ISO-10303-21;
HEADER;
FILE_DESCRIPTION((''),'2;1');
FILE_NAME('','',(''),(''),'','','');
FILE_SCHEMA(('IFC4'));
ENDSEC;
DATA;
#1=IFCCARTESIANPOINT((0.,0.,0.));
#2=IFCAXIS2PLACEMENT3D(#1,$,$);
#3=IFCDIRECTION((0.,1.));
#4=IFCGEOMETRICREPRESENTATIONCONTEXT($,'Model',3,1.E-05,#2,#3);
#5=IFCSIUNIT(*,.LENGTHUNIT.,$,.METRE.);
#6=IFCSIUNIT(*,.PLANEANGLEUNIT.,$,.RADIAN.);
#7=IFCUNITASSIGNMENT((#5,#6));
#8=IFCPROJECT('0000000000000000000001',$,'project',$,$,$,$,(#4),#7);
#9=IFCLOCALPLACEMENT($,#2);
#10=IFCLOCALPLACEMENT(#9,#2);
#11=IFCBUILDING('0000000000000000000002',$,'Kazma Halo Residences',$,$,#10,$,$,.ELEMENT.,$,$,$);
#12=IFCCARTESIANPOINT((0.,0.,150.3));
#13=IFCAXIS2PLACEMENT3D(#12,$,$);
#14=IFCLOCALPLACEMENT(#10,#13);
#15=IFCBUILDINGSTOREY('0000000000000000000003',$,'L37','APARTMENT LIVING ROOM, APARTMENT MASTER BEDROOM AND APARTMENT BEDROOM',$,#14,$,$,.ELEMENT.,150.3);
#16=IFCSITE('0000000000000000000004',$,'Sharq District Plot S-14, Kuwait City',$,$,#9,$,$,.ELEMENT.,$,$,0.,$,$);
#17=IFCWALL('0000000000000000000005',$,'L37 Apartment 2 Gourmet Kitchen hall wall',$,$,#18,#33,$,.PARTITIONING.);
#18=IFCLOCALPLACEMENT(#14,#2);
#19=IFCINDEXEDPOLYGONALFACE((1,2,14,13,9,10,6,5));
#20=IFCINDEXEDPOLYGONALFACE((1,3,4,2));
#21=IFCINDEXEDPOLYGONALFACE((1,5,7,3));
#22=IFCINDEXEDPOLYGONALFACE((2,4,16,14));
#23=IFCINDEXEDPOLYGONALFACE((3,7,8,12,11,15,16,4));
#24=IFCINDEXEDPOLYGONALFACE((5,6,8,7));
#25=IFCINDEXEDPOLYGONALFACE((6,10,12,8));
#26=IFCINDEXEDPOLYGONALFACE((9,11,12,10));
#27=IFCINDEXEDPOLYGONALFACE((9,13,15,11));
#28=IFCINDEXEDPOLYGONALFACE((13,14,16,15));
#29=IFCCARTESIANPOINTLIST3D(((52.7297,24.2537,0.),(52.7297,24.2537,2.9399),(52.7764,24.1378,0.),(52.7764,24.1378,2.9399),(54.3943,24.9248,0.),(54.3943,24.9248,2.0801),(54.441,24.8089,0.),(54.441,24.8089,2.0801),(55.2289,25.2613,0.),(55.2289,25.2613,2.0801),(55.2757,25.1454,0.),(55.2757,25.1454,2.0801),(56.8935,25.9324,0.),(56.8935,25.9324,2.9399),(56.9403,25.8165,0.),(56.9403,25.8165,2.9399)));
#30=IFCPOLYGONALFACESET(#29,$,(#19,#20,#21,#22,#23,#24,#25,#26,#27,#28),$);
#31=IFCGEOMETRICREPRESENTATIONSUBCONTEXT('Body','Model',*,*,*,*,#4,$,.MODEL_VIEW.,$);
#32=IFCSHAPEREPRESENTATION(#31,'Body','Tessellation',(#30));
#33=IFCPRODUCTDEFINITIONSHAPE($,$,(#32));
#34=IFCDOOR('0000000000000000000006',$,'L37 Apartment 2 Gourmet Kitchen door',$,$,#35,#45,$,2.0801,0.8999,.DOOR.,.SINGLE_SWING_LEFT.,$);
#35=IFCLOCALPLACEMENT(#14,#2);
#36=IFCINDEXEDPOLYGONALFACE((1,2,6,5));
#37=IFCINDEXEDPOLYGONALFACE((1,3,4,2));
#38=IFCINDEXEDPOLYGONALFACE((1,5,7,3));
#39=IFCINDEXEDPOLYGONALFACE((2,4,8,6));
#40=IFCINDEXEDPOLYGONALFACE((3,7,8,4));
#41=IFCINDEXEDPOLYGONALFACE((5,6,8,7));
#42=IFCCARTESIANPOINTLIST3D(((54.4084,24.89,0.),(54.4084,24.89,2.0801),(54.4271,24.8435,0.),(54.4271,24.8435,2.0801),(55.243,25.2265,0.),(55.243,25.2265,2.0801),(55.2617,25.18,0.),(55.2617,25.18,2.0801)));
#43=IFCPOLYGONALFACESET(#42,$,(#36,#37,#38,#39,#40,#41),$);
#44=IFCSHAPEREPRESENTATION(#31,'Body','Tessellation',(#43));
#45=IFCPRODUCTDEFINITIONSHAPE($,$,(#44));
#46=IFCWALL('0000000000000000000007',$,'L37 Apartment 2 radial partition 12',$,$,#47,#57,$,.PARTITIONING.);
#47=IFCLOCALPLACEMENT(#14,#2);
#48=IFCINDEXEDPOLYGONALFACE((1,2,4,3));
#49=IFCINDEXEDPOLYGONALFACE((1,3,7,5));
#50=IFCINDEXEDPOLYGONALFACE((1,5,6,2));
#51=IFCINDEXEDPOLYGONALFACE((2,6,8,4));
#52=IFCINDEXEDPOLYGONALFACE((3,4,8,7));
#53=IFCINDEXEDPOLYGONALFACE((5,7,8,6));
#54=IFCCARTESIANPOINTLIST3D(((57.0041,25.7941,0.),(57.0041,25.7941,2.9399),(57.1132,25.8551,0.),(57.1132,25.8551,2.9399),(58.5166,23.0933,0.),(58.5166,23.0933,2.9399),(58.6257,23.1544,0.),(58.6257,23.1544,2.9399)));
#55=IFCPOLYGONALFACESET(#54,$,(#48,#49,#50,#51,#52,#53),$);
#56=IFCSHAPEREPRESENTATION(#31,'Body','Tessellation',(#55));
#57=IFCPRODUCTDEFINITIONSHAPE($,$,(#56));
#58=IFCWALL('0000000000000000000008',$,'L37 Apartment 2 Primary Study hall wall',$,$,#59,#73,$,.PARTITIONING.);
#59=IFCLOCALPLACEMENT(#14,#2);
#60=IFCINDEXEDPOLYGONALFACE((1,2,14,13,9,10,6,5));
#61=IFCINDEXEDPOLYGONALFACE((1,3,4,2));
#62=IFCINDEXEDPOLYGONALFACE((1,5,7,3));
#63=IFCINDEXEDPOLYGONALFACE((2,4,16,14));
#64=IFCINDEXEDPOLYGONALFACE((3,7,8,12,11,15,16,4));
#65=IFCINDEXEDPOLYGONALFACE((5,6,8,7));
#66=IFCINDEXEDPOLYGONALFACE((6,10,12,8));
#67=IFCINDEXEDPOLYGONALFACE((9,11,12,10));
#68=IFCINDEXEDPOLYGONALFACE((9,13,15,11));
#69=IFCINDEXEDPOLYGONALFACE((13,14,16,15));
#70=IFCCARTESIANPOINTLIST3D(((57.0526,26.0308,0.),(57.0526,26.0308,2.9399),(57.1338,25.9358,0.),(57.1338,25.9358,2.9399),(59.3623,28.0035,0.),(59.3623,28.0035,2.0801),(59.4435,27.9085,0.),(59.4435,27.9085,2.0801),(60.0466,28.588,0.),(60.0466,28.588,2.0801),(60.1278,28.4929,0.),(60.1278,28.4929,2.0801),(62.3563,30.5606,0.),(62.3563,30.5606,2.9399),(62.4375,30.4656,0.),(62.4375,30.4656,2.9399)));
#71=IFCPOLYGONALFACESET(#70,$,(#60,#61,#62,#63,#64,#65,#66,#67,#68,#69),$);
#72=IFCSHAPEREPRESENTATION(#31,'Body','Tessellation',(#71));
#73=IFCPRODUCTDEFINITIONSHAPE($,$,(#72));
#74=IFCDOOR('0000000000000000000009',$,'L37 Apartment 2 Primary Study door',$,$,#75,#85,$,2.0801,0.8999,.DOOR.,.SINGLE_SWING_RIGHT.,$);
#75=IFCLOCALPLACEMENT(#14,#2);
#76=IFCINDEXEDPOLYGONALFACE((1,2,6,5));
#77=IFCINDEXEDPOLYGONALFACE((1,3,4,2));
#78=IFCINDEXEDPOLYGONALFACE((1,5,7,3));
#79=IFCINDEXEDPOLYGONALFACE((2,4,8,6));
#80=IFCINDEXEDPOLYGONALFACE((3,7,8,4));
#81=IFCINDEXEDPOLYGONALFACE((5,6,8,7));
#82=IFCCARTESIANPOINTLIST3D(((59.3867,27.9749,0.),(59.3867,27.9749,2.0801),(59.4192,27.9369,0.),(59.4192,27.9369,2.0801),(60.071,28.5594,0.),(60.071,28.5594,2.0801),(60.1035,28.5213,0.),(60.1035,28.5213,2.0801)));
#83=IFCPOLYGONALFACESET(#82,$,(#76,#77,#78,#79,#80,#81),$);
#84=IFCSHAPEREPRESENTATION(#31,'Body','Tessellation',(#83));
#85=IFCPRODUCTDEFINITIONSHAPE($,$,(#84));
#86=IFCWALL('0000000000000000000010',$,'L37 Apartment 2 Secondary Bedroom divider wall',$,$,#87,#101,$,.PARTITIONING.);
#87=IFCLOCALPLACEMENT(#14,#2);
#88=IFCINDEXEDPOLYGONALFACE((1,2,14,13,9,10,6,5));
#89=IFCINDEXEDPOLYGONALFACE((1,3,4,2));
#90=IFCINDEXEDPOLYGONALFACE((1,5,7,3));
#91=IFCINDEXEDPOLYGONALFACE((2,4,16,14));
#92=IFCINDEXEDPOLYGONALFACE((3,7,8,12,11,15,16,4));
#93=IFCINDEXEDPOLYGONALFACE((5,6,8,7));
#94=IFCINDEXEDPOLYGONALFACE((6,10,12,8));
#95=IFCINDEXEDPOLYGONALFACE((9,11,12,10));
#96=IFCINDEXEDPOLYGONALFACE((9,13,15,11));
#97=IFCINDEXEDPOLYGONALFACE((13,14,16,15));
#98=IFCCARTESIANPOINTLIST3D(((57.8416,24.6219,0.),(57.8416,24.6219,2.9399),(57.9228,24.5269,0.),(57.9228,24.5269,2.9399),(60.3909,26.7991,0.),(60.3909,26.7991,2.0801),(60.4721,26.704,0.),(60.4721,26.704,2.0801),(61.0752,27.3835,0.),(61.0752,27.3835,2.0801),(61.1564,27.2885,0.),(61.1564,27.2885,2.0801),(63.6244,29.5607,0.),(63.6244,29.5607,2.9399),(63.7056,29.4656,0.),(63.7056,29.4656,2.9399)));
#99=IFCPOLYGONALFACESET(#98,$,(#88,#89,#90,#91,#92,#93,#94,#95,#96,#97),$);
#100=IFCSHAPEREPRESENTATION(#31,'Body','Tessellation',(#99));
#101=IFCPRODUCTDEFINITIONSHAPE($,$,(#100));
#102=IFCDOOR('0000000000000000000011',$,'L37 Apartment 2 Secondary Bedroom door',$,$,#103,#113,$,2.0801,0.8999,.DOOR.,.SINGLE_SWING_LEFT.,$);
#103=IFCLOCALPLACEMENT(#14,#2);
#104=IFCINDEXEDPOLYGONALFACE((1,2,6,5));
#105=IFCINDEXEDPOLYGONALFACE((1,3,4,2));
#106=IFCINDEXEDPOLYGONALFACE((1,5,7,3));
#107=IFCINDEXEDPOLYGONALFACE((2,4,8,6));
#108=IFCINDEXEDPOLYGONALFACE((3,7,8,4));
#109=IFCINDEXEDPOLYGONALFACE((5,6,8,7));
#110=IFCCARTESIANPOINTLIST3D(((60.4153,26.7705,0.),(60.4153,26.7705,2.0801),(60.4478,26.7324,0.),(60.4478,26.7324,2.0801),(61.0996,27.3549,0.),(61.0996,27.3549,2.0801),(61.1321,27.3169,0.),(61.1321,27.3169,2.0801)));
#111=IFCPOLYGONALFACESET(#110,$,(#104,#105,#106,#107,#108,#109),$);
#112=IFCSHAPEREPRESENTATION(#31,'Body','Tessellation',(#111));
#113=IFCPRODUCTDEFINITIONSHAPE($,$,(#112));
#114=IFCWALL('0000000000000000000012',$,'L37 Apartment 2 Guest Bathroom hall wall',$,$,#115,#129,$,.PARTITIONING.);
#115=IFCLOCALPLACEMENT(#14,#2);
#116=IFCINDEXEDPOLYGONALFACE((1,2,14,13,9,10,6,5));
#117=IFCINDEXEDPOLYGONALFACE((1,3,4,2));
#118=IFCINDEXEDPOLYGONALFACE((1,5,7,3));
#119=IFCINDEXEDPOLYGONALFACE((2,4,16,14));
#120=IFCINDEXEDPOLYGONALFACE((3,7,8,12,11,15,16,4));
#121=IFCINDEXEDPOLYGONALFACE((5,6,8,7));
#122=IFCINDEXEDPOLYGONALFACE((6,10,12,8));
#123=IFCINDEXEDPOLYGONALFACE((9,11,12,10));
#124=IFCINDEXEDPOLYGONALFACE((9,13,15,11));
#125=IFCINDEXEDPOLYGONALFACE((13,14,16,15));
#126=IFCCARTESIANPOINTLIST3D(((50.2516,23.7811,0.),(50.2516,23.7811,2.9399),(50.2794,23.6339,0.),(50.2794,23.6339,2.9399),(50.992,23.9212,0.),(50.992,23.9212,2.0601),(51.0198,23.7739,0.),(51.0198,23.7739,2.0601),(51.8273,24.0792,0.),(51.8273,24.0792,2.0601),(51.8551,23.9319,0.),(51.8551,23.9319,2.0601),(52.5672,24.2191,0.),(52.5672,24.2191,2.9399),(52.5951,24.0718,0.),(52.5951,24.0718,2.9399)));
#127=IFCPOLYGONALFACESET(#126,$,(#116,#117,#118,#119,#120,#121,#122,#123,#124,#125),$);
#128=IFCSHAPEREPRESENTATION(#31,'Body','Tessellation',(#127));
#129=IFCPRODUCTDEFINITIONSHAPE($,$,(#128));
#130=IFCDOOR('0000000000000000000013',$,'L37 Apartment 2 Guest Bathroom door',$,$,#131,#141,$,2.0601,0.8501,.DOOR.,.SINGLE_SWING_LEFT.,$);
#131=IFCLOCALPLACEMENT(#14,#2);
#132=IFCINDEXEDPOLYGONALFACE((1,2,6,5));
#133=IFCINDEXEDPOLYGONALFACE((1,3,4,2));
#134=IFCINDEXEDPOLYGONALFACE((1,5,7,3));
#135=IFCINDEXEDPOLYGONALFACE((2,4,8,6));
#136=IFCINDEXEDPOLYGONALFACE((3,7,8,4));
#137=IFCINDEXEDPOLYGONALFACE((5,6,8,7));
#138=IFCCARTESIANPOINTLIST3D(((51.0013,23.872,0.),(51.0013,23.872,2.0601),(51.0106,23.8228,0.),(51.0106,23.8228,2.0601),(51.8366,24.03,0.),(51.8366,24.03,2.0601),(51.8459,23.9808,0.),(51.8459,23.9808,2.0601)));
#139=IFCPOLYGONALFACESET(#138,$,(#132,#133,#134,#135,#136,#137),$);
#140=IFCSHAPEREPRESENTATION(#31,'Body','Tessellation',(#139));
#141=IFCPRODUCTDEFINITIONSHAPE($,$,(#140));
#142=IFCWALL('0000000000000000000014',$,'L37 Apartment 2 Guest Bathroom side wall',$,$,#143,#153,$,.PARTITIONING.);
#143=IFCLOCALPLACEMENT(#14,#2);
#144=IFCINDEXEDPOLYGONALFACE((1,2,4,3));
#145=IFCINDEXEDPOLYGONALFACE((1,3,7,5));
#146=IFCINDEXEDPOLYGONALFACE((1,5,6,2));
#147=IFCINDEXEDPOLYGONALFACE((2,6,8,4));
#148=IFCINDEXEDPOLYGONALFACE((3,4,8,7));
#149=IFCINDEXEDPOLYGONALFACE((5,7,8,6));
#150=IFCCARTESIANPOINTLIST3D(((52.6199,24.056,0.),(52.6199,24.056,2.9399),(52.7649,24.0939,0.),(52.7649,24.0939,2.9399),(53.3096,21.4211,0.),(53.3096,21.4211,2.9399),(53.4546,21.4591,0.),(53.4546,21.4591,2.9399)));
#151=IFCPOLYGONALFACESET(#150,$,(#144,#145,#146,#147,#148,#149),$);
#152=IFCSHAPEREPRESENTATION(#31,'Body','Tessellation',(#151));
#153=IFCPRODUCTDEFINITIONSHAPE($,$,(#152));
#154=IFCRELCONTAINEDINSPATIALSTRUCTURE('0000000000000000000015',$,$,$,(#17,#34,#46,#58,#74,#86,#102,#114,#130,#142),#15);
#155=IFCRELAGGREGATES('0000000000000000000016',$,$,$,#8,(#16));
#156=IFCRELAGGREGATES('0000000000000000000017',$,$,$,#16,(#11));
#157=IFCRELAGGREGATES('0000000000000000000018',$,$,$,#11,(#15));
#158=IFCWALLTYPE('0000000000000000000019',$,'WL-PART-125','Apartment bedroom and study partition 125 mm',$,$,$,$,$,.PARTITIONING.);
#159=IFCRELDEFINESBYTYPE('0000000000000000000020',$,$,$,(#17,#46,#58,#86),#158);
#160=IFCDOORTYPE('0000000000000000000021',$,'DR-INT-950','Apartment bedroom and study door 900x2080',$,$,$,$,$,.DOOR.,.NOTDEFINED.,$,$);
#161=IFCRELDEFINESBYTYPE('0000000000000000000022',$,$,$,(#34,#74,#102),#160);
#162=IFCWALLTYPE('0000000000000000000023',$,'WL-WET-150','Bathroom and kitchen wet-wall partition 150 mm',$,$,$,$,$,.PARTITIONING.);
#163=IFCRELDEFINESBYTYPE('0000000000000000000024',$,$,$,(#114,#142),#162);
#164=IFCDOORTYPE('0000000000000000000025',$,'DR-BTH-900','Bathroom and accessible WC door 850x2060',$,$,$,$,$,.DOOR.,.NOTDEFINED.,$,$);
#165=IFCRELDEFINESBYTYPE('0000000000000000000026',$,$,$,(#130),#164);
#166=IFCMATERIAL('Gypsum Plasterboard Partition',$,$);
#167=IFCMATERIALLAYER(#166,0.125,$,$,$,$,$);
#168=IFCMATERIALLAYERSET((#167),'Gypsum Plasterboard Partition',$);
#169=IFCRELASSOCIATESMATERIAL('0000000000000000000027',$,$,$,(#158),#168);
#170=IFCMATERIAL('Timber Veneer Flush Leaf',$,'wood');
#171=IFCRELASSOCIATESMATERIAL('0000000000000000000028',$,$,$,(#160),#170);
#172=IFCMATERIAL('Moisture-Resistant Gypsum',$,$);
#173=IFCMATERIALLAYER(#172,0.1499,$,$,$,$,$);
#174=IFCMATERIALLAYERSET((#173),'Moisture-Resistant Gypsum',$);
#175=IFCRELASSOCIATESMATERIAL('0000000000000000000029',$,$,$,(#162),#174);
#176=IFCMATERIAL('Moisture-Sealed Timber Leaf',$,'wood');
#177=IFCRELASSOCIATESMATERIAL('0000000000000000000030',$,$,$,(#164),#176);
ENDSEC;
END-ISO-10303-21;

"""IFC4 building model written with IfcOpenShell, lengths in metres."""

from ifc_helpers import new_model, si_unit, direction, frame, frame_2d, origin, place, context, subcontext, project, spatial, rectangle, extrude, material, layer, layer_set, type_object, element, fill, save


model = new_model("IFC4")

# Units and contexts
model_context = context("Model", 3, precision=1e-05, world=origin(), true_north=direction((0.0, 1.0)))
body_context = subcontext(model_context, "Body", "Model", "MODEL_VIEW")
ifc_project = project(units=[si_unit("LENGTHUNIT", "METRE"), si_unit("PLANEANGLEUNIT", "RADIAN")], contexts=[model_context])

# Site, building, storey
site_placement = place(None, origin())
site = spatial("IfcSite", under=ifc_project, at=site_placement, Name="Sharq District Plot S-14, Kuwait City", CompositionType="ELEMENT", RefElevation=0.0)
building_placement = place(site_placement, origin())
building = spatial("IfcBuilding", under=site, at=building_placement, Name="Kazma Halo Residences", CompositionType="ELEMENT")
storey_placement = place(building_placement, frame((0.0, 0.0, 150.3)))
storey = spatial("IfcBuildingStorey", under=building, at=storey_placement, Name="L37", Description="APARTMENT LIVING ROOM, APARTMENT MASTER BEDROOM AND APARTMENT BEDROOM", CompositionType="ELEMENT", Elevation=150.3)

# Wall, opening, door
ifc_material_1 = material(Name="Gypsum Plasterboard Partition")
ifc_layer_1 = layer(ifc_material_1, 0.125)
ifc_layer_set_1 = layer_set([ifc_layer_1], Name="Gypsum Plasterboard Partition")
wall_type_1 = type_object("IfcWallType", Name="WL-PART-125", Description="Apartment bedroom and study partition 125 mm", PredefinedType="PARTITIONING", material=ifc_layer_set_1)
wall_1_placement = place(storey_placement, frame((52.7532, 24.1958, 0.0), z_axis=(0.0, 0.0, 1.0), x_axis=(0.927461, 0.373921, 0.0)))
wall_1 = element("IfcWall", 1, at=wall_1_placement, inside=storey, type_object=wall_type_1, Name="L37 Apartment 2 Gourmet Kitchen hall wall", PredefinedType="PARTITIONING", context=body_context, shape_type="SweptSolid", body=[
    extrude(rectangle(XDim=4.4895, YDim=0.125, at=frame_2d((2.2446, 0.0))), origin(), (0.0, 0.0, 1.0), 2.9399),
])
opening_1_placement = place(wall_1_placement, frame((1.7947, 0.0, 0.0)))
opening_1 = element("IfcOpeningElement", 2, at=opening_1_placement, cuts=wall_1, PredefinedType="OPENING", context=body_context, shape_type="SweptSolid", body=[
    extrude(rectangle(XDim=0.8999, YDim=2.0801, at=frame_2d((0.45, 1.04))), frame((0.0, 0.0725, 0.0), z_axis=(0.0, -1.0, 0.0), x_axis=(1.0, 0.0, 0.0)), (0.0, 0.0, 1.0), 0.145),
])
ifc_material_2 = material(Name="Timber Veneer Flush Leaf", Category="wood")
door_type_1 = type_object("IfcDoorType", Name="DR-INT-950", Description="Apartment bedroom and study door 900x2080", OperationType="NOTDEFINED", PredefinedType="DOOR", material=ifc_material_2)
door_1_placement = place(opening_1_placement, origin())
door_1 = element("IfcDoor", 3, at=door_1_placement, inside=storey, type_object=door_type_1, Name="L37 Apartment 2 Gourmet Kitchen door", OperationType="SINGLE_SWING_LEFT", OverallHeight=2.0801, OverallWidth=0.8999, PredefinedType="DOOR", context=body_context, shape_type="SweptSolid", body=[
    extrude(rectangle(XDim=0.8999, YDim=2.0801, at=frame_2d((0.45, 1.04))), frame((0.0, 0.0249, 0.0), z_axis=(0.0, -1.0, 0.0), x_axis=(1.0, 0.0, 0.0)), (0.0, 0.0, 1.0), 0.05),
])
fill(opening_1, door_1)

# Wall
wall_2_placement = place(storey_placement, frame((57.0586, 25.8247, 0.0), z_axis=(0.0, 0.0, 1.0), x_axis=(0.48862, -0.872497, 0.0)))
element("IfcWall", 4, at=wall_2_placement, inside=storey, type_object=wall_type_1, Name="L37 Apartment 2 radial partition 12", PredefinedType="PARTITIONING", context=body_context, shape_type="SweptSolid", body=[
    extrude(rectangle(XDim=3.0955, YDim=0.125, at=frame_2d((1.5479, 0.0))), origin(), (0.0, 0.0, 1.0), 2.9399),
])

# Walls, openings, doors
wall_3_placement = place(storey_placement, frame((57.0933, 25.9834, 0.0), z_axis=(0.0, 0.0, 1.0), x_axis=(0.760407, 0.649447, 0.0)))
wall_3 = element("IfcWall", 5, at=wall_3_placement, inside=storey, type_object=wall_type_1, Name="L37 Apartment 2 Primary Study hall wall", PredefinedType="PARTITIONING", context=body_context, shape_type="SweptSolid", body=[
    extrude(rectangle(XDim=6.9749, YDim=0.125, at=frame_2d((3.4873, 0.0))), origin(), (0.0, 0.0, 1.0), 2.9399),
])
opening_2_placement = place(wall_3_placement, frame((3.0374, 0.0, 0.0)))
opening_2 = element("IfcOpeningElement", 6, at=opening_2_placement, cuts=wall_3, PredefinedType="OPENING", context=body_context, shape_type="SweptSolid", body=[
    extrude(rectangle(XDim=0.8999, YDim=2.0801, at=frame_2d((0.45, 1.04))), frame((0.0, 0.0725, 0.0), z_axis=(0.0, -1.0, 0.0), x_axis=(1.0, 0.0, 0.0)), (0.0, 0.0, 1.0), 0.145),
])
door_2_placement = place(opening_2_placement, origin())
door_2 = element("IfcDoor", 7, at=door_2_placement, inside=storey, type_object=door_type_1, Name="L37 Apartment 2 Primary Study door", OperationType="SINGLE_SWING_RIGHT", OverallHeight=2.0801, OverallWidth=0.8999, PredefinedType="DOOR", context=body_context, shape_type="SweptSolid", body=[
    extrude(rectangle(XDim=0.8999, YDim=2.0801, at=frame_2d((0.45, 1.04))), frame((0.0, 0.0249, 0.0), z_axis=(0.0, -1.0, 0.0), x_axis=(1.0, 0.0, 0.0)), (0.0, 0.0, 1.0), 0.05),
])
fill(opening_2, door_2)
wall_4_placement = place(storey_placement, frame((57.8823, 24.5745, 0.0), z_axis=(0.0, 0.0, 1.0), x_axis=(0.760418, 0.649434, 0.0)))
wall_4 = element("IfcWall", 8, at=wall_4_placement, inside=storey, type_object=wall_type_1, Name="L37 Apartment 2 Secondary Bedroom divider wall", PredefinedType="PARTITIONING", context=body_context, shape_type="SweptSolid", body=[
    extrude(rectangle(XDim=7.6047, YDim=0.125, at=frame_2d((3.8022, 0.0))), origin(), (0.0, 0.0, 1.0), 2.9399),
])
opening_3_placement = place(wall_4_placement, frame((3.3523, 0.0, 0.0)))
opening_3 = element("IfcOpeningElement", 9, at=opening_3_placement, cuts=wall_4, PredefinedType="OPENING", context=body_context, shape_type="SweptSolid", body=[
    extrude(rectangle(XDim=0.8999, YDim=2.0801, at=frame_2d((0.45, 1.04))), frame((0.0, 0.0725, 0.0), z_axis=(0.0, -1.0, 0.0), x_axis=(1.0, 0.0, 0.0)), (0.0, 0.0, 1.0), 0.145),
])
door_3_placement = place(opening_3_placement, origin())
door_3 = element("IfcDoor", 10, at=door_3_placement, inside=storey, type_object=door_type_1, Name="L37 Apartment 2 Secondary Bedroom door", OperationType="SINGLE_SWING_LEFT", OverallHeight=2.0801, OverallWidth=0.8999, PredefinedType="DOOR", context=body_context, shape_type="SweptSolid", body=[
    extrude(rectangle(XDim=0.8999, YDim=2.0801, at=frame_2d((0.45, 1.04))), frame((0.0, 0.0249, 0.0), z_axis=(0.0, -1.0, 0.0), x_axis=(1.0, 0.0, 0.0)), (0.0, 0.0, 1.0), 0.05),
])
fill(opening_3, door_3)
ifc_material_3 = material(Name="Moisture-Resistant Gypsum")
ifc_layer_2 = layer(ifc_material_3, 0.1499)
ifc_layer_set_2 = layer_set([ifc_layer_2], Name="Moisture-Resistant Gypsum")
wall_type_2 = type_object("IfcWallType", Name="WL-WET-150", Description="Bathroom and kitchen wet-wall partition 150 mm", PredefinedType="PARTITIONING", material=ifc_layer_set_2)
wall_5_placement = place(storey_placement, frame((50.2656, 23.7075, 0.0), z_axis=(0.0, 0.0, 1.0), x_axis=(0.982579, 0.185846, 0.0)))
wall_5 = element("IfcWall", 11, at=wall_5_placement, inside=storey, type_object=wall_type_2, Name="L37 Apartment 2 Guest Bathroom hall wall", PredefinedType="PARTITIONING", context=body_context, shape_type="SweptSolid", body=[
    extrude(rectangle(XDim=2.3567, YDim=0.1499, at=frame_2d((1.1782, 0.0))), origin(), (0.0, 0.0, 1.0), 2.9399),
])
opening_4_placement = place(wall_5_placement, frame((0.7534, 0.0, 0.0)))
opening_4 = element("IfcOpeningElement", 12, at=opening_4_placement, cuts=wall_5, PredefinedType="OPENING", context=body_context, shape_type="SweptSolid", body=[
    extrude(rectangle(XDim=0.8501, YDim=2.0601, at=frame_2d((0.425, 1.03))), frame((0.0, 0.085, 0.0), z_axis=(0.0, -1.0, 0.0), x_axis=(1.0, 0.0, 0.0)), (0.0, 0.0, 1.0), 0.1699),
])
ifc_material_4 = material(Name="Moisture-Sealed Timber Leaf", Category="wood")
door_type_2 = type_object("IfcDoorType", Name="DR-BTH-900", Description="Bathroom and accessible WC door 850x2060", OperationType="NOTDEFINED", PredefinedType="DOOR", material=ifc_material_4)
door_4_placement = place(opening_4_placement, origin())
door_4 = element("IfcDoor", 13, at=door_4_placement, inside=storey, type_object=door_type_2, Name="L37 Apartment 2 Guest Bathroom door", OperationType="SINGLE_SWING_LEFT", OverallHeight=2.0601, OverallWidth=0.8501, PredefinedType="DOOR", context=body_context, shape_type="SweptSolid", body=[
    extrude(rectangle(XDim=0.8501, YDim=2.0601, at=frame_2d((0.425, 1.03))), frame((0.0, 0.0249, 0.0), z_axis=(0.0, -1.0, 0.0), x_axis=(1.0, 0.0, 0.0)), (0.0, 0.0, 1.0), 0.05),
])
fill(opening_4, door_4)

# Wall
wall_6_placement = place(storey_placement, frame((52.6924, 24.075, 0.0), z_axis=(0.0, 0.0, 1.0), x_axis=(0.253236, -0.967405, 0.0)))
element("IfcWall", 14, at=wall_6_placement, inside=storey, type_object=wall_type_2, Name="L37 Apartment 2 Guest Bathroom side wall", PredefinedType="PARTITIONING", context=body_context, shape_type="SweptSolid", body=[
    extrude(rectangle(XDim=2.7236, YDim=0.1499, at=frame_2d((1.3618, 0.0))), origin(), (0.0, 0.0, 1.0), 2.9399),
])

save(model, "model.ifc")
